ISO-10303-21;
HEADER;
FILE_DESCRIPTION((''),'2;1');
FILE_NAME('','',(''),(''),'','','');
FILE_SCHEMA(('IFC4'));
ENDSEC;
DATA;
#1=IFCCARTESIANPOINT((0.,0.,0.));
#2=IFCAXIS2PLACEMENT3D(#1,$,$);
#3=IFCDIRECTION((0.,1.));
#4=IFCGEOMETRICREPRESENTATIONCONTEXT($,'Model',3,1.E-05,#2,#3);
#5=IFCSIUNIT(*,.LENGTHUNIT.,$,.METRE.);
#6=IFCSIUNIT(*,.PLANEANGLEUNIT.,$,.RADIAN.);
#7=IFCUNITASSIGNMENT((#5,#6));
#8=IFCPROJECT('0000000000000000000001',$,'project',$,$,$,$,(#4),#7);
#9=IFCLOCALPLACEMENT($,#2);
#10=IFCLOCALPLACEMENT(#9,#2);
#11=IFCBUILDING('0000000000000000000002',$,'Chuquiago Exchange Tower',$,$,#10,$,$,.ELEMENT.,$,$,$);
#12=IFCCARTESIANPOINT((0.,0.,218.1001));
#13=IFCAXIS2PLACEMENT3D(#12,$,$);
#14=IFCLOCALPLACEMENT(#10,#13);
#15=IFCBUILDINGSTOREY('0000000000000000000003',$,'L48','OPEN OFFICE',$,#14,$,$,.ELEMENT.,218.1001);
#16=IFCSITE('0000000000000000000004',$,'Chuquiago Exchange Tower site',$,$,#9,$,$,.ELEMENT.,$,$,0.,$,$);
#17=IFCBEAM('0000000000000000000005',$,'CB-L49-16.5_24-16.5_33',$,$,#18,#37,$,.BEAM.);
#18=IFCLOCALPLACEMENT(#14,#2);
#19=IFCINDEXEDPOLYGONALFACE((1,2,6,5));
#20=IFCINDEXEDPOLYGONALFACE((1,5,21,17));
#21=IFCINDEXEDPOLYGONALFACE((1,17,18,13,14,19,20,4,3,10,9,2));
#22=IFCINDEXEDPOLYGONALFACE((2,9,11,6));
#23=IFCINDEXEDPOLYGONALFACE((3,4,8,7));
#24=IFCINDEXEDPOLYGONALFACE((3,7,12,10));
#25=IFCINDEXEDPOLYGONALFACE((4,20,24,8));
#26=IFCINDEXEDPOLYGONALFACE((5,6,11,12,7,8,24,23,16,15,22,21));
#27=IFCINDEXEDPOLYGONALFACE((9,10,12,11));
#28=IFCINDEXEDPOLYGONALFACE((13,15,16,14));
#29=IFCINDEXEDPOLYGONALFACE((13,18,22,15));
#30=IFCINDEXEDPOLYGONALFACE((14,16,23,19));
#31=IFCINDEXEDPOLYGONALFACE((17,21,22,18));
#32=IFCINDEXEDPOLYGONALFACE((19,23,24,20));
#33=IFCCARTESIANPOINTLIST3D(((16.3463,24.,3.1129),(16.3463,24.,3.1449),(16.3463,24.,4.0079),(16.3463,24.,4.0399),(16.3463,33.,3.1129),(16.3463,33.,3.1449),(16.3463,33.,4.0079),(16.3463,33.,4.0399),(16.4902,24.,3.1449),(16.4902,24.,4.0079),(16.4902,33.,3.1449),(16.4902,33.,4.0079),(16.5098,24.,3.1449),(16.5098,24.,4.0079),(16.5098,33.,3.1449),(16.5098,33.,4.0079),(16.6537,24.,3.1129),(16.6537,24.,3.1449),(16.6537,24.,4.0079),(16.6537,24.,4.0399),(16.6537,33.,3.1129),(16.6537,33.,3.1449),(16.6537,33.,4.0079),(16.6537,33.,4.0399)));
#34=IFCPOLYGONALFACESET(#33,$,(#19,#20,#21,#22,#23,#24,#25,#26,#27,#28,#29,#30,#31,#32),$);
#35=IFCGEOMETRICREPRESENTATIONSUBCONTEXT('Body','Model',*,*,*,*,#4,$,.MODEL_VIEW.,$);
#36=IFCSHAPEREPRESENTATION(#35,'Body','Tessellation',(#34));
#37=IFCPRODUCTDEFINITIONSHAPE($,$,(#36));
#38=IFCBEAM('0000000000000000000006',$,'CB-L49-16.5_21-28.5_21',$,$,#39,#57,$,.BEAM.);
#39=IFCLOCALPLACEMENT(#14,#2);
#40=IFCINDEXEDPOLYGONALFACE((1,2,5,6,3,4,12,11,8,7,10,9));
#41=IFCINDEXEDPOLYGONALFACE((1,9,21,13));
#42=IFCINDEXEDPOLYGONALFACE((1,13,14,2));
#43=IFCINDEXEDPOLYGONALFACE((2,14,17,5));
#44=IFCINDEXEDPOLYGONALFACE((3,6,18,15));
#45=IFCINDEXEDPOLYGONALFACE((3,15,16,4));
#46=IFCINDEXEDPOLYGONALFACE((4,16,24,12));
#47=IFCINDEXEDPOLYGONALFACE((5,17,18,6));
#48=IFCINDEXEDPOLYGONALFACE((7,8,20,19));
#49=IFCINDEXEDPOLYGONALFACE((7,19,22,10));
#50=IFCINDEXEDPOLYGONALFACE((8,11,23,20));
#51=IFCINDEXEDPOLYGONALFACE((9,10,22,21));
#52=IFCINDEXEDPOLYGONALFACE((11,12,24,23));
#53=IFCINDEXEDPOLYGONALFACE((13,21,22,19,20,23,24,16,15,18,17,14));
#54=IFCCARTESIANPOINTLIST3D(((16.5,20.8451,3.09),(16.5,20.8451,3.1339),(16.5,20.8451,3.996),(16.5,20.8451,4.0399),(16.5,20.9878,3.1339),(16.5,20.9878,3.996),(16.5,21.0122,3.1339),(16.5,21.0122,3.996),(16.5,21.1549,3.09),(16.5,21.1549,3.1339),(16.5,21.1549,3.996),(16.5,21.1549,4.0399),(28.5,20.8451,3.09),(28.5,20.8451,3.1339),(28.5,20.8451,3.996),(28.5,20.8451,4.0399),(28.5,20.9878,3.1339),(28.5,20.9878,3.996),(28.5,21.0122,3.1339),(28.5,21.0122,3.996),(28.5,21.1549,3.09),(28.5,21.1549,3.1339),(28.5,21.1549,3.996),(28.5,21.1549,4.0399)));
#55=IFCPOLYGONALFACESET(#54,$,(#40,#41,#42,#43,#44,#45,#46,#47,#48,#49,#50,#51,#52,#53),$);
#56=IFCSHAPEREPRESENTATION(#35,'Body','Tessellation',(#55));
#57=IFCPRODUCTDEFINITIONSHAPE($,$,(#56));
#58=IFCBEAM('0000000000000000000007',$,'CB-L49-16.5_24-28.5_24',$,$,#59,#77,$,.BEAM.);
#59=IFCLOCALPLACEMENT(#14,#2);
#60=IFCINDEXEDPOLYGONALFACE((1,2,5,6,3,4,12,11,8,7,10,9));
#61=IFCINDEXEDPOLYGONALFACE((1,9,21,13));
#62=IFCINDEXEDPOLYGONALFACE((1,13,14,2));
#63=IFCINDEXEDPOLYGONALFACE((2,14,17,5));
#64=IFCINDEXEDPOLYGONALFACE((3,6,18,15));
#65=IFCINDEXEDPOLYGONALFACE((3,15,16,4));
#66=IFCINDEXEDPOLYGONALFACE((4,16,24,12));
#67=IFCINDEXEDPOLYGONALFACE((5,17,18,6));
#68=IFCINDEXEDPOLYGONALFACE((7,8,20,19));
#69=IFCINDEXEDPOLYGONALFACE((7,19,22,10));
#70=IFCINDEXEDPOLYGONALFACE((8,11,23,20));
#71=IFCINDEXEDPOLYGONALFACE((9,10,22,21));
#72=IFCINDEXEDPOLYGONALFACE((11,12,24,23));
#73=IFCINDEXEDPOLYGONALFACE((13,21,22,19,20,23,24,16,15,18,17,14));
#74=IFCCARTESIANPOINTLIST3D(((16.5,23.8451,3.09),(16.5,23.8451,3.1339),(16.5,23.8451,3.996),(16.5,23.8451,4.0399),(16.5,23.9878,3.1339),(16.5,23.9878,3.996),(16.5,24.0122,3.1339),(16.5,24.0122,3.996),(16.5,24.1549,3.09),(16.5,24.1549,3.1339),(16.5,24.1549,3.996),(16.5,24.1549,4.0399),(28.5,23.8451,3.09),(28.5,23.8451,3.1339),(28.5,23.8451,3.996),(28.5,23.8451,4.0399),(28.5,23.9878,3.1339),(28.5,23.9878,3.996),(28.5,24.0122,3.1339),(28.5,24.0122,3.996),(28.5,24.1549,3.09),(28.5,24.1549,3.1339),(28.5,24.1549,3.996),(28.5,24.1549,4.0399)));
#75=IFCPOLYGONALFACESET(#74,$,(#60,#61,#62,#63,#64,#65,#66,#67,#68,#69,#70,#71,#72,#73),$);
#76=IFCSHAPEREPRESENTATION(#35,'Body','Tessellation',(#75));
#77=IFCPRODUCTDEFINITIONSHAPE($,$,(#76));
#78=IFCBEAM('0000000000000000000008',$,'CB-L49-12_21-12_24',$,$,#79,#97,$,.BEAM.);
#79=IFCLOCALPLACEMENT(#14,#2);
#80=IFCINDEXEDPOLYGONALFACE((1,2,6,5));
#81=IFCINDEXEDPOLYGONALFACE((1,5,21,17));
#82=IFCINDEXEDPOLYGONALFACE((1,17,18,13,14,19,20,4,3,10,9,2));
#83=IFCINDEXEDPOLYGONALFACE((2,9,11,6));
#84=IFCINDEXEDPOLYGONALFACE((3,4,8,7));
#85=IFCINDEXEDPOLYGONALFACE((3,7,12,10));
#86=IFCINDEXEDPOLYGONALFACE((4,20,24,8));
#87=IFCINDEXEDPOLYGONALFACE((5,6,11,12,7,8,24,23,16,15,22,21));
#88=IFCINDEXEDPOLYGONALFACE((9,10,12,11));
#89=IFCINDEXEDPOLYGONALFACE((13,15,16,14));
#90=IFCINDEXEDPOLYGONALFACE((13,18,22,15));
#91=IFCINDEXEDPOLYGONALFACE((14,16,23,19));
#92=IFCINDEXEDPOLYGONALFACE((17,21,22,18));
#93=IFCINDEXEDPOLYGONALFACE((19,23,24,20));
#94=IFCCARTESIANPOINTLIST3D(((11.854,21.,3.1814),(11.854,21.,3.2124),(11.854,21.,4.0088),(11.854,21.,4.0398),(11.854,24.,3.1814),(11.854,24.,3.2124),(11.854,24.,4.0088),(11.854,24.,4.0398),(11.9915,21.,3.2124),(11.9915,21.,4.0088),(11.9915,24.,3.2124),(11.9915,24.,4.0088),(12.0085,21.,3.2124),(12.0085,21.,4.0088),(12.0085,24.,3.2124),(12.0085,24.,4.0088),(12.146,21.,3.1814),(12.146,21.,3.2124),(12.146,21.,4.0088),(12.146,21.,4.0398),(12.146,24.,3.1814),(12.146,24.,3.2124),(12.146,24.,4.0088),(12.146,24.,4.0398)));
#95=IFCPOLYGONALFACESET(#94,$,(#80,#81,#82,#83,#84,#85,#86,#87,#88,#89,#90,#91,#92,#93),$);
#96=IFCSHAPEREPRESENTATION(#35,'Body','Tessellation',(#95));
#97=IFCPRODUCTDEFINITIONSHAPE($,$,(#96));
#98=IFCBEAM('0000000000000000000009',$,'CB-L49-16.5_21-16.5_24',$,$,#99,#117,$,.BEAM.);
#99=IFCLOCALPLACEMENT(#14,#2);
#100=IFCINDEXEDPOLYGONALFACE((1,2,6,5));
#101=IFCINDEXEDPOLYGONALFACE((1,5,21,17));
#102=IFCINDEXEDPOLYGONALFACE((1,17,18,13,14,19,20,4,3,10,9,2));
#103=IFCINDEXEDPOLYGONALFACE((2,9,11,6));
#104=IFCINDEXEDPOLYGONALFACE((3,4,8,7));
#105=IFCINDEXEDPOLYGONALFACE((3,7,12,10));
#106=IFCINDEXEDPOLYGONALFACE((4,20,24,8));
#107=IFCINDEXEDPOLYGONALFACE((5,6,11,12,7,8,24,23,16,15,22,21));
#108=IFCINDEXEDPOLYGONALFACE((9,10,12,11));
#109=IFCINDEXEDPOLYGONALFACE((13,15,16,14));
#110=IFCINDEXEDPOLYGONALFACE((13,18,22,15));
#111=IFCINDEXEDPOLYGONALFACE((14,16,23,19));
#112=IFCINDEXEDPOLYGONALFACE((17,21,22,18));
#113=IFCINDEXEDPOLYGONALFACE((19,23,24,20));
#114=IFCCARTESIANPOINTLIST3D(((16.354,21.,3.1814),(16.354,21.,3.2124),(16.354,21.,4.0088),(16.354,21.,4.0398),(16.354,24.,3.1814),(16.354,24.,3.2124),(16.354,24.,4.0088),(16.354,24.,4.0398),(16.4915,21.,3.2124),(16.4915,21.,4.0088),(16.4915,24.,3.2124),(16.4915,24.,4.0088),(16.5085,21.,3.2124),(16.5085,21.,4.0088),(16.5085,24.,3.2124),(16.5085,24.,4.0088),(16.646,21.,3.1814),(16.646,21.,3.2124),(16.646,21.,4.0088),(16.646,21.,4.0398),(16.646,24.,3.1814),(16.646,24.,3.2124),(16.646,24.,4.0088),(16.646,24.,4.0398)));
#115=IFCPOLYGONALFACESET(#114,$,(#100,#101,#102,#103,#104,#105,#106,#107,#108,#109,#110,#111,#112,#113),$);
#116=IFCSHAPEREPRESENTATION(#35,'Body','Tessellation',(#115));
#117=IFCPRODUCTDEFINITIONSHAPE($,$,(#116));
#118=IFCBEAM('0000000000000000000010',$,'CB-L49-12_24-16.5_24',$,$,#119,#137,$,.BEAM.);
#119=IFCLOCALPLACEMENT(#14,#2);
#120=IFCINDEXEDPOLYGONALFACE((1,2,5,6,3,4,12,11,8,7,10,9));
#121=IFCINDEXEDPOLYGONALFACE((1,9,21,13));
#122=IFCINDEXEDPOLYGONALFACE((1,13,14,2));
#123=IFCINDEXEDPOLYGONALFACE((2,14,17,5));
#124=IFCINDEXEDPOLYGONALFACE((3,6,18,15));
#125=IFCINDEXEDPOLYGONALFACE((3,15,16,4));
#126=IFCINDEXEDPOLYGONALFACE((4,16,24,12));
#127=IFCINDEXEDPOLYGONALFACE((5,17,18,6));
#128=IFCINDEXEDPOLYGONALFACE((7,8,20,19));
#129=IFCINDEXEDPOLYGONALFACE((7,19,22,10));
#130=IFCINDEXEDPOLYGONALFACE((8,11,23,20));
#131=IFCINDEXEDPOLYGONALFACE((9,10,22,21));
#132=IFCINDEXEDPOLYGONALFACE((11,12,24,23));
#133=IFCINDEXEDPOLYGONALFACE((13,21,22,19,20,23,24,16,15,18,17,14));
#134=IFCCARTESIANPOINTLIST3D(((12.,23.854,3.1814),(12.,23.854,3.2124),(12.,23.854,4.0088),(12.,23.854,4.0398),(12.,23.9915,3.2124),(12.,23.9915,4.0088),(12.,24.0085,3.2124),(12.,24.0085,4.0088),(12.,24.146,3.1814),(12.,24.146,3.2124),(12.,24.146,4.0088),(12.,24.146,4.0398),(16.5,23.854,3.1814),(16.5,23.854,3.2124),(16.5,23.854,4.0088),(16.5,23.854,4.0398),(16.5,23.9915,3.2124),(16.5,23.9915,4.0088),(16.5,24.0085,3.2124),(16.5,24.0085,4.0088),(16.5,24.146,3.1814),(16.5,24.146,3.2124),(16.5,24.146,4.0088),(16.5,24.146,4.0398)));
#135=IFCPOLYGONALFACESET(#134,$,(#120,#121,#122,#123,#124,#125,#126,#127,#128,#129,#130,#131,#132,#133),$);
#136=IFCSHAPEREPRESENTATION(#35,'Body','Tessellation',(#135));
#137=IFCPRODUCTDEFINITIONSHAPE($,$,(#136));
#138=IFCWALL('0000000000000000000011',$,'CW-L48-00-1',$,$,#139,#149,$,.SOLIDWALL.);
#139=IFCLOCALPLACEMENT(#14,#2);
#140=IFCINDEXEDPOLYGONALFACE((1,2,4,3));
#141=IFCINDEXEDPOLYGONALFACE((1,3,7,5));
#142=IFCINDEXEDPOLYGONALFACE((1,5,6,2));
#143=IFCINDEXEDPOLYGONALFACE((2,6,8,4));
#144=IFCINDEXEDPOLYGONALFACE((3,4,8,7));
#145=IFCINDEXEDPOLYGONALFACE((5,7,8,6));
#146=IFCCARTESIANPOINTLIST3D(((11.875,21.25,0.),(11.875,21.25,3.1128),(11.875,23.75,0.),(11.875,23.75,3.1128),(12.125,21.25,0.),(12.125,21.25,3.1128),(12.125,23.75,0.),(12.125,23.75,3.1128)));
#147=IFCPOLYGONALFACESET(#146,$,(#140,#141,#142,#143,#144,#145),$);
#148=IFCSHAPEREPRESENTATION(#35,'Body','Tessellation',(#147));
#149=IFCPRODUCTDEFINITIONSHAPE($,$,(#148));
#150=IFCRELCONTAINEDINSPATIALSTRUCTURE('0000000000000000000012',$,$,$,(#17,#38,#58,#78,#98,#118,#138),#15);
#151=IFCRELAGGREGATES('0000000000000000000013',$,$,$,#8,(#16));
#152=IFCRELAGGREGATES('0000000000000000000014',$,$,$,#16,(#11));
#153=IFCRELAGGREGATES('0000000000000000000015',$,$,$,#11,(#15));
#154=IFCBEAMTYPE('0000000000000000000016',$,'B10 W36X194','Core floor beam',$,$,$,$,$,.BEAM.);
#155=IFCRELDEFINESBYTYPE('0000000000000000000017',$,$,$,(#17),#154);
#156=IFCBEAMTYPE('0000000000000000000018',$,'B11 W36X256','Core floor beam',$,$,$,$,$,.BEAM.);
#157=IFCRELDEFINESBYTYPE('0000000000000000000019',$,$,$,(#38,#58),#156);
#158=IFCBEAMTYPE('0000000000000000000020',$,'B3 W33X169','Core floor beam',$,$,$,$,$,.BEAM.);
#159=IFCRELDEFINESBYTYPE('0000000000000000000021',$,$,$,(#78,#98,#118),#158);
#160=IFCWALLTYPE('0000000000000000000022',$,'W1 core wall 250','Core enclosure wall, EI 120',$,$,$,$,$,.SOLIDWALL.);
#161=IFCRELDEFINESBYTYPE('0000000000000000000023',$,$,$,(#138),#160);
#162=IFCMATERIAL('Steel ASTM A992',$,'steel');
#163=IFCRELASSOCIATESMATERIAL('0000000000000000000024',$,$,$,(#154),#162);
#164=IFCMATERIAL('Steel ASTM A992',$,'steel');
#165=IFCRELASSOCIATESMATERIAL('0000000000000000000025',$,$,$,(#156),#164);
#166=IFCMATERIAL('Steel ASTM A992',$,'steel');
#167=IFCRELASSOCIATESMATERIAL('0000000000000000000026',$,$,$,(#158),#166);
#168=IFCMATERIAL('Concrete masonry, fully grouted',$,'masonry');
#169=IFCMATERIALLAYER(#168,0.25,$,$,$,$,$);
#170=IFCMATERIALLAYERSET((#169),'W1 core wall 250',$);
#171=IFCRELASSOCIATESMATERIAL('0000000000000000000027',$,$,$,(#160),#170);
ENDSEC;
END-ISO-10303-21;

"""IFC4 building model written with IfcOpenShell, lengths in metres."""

from ifc_helpers import new_model, si_unit, direction, frame, frame_2d, origin, origin_2d, place, context, subcontext, project, spatial, rectangle, i_section, extrude, material, layer, layer_set, material_profile, profile_set, type_object, element, save


model = new_model("IFC4")

# Units and contexts
model_context = context("Model", 3, precision=1e-05, world=origin(), true_north=direction((0.0, 1.0)))
body_context = subcontext(model_context, "Body", "Model", "MODEL_VIEW")
ifc_project = project(units=[si_unit("LENGTHUNIT", "METRE"), si_unit("PLANEANGLEUNIT", "RADIAN")], contexts=[model_context])

# Site, building, storey
site_placement = place(None, origin())
site = spatial("IfcSite", under=ifc_project, at=site_placement, Name="Chuquiago Exchange Tower site", CompositionType="ELEMENT", RefElevation=0.0)
building_placement = place(site_placement, origin())
building = spatial("IfcBuilding", under=site, at=building_placement, Name="Chuquiago Exchange Tower", CompositionType="ELEMENT")
storey_placement = place(building_placement, frame((0.0, 0.0, 218.1001)))
storey = spatial("IfcBuildingStorey", under=building, at=storey_placement, Name="L48", Description="OPEN OFFICE", CompositionType="ELEMENT", Elevation=218.1001)

# Beams
ifc_material_1 = material(Name="Steel ASTM A992", Category="steel")
ifc_material_profile_1 = material_profile(ifc_material_1, i_section(OverallWidth=0.3074, OverallDepth=0.927, WebThickness=0.0195, FlangeThickness=0.032, at=origin_2d()), Name="W36X194")
ifc_profile_set_1 = profile_set([ifc_material_profile_1], Name="Steel ASTM A992")
beam_type_1 = type_object("IfcBeamType", Name="B10 W36X194", Description="Core floor beam", PredefinedType="BEAM", material=ifc_profile_set_1)
for number, where, z_axis, x_axis, name in (
    (1, (16.5, 24.0, 3.5764), (0.0, 1.0, 0.0), (-1.0, 0.0, 0.0), "CB-L49-16.5_24-16.5_33"),
):
    element("IfcBeam", number, at=place(storey_placement, frame(where, z_axis=z_axis, x_axis=x_axis)), inside=storey, type_object=beam_type_1, Name=name, PredefinedType="BEAM", context=body_context, shape_type="SweptSolid", body=[
        extrude(i_section(OverallWidth=0.3074, OverallDepth=0.927, WebThickness=0.0195, FlangeThickness=0.032, at=origin_2d()), origin(), (0.0, 0.0, 1.0), 9.0),
    ])
ifc_material_2 = material(Name="Steel ASTM A992", Category="steel")
ifc_material_profile_2 = material_profile(ifc_material_2, i_section(OverallWidth=0.3098, OverallDepth=0.95, WebThickness=0.0244, FlangeThickness=0.0439, at=origin_2d()), Name="W36X256")
ifc_profile_set_2 = profile_set([ifc_material_profile_2], Name="Steel ASTM A992")
beam_type_2 = type_object("IfcBeamType", Name="B11 W36X256", Description="Core floor beam", PredefinedType="BEAM", material=ifc_profile_set_2)
for number, where, z_axis, x_axis, name in (
    (2, (16.5, 21.0, 3.5649), (1.0, 0.0, 0.0), (0.0, 1.0, 0.0), "CB-L49-16.5_21-28.5_21"),
    (3, (16.5, 24.0, 3.5649), (1.0, 0.0, 0.0), (0.0, 1.0, 0.0), "CB-L49-16.5_24-28.5_24"),
):
    element("IfcBeam", number, at=place(storey_placement, frame(where, z_axis=z_axis, x_axis=x_axis)), inside=storey, type_object=beam_type_2, Name=name, PredefinedType="BEAM", context=body_context, shape_type="SweptSolid", body=[
        extrude(i_section(OverallWidth=0.3098, OverallDepth=0.95, WebThickness=0.0244, FlangeThickness=0.0439, at=origin_2d()), origin(), (0.0, 0.0, 1.0), 12.0),
    ])
ifc_material_3 = material(Name="Steel ASTM A992", Category="steel")
ifc_material_profile_3 = material_profile(ifc_material_3, i_section(OverallWidth=0.292, OverallDepth=0.8584, WebThickness=0.0171, FlangeThickness=0.031, at=origin_2d()), Name="W33X169")
ifc_profile_set_3 = profile_set([ifc_material_profile_3], Name="Steel ASTM A992")
beam_type_3 = type_object("IfcBeamType", Name="B3 W33X169", Description="Core floor beam", PredefinedType="BEAM", material=ifc_profile_set_3)
for number, where, z_axis, x_axis, name in (
    (4, (12.0, 21.0, 3.6106), (0.0, 1.0, 0.0), (-1.0, 0.0, 0.0), "CB-L49-12_21-12_24"),
    (5, (16.5, 21.0, 3.6106), (0.0, 1.0, 0.0), (-1.0, 0.0, 0.0), "CB-L49-16.5_21-16.5_24"),
):
    element("IfcBeam", number, at=place(storey_placement, frame(where, z_axis=z_axis, x_axis=x_axis)), inside=storey, type_object=beam_type_3, Name=name, PredefinedType="BEAM", context=body_context, shape_type="SweptSolid", body=[
        extrude(i_section(OverallWidth=0.292, OverallDepth=0.8584, WebThickness=0.0171, FlangeThickness=0.031, at=origin_2d()), origin(), (0.0, 0.0, 1.0), 3.0),
    ])
beam_placement = place(storey_placement, frame((12.0, 24.0, 3.6106), z_axis=(1.0, 0.0, 0.0), x_axis=(0.0, 1.0, 0.0)))
element("IfcBeam", 6, at=beam_placement, inside=storey, type_object=beam_type_3, Name="CB-L49-12_24-16.5_24", PredefinedType="BEAM", context=body_context, shape_type="SweptSolid", body=[
    extrude(i_section(OverallWidth=0.292, OverallDepth=0.8584, WebThickness=0.0171, FlangeThickness=0.031, at=origin_2d()), origin(), (0.0, 0.0, 1.0), 4.5),
])

# Wall
ifc_material_4 = material(Name="Concrete masonry, fully grouted", Category="masonry")
ifc_layer_1 = layer(ifc_material_4, 0.25)
ifc_layer_set_1 = layer_set([ifc_layer_1], Name="W1 core wall 250")
wall_type_1 = type_object("IfcWallType", Name="W1 core wall 250", Description="Core enclosure wall, EI 120", PredefinedType="SOLIDWALL", material=ifc_layer_set_1)
wall_1_placement = place(storey_placement, frame((12.0, 21.25, 0.0), z_axis=(0.0, 0.0, 1.0), x_axis=(0.0, 1.0, 0.0)))
element("IfcWall", 7, at=wall_1_placement, inside=storey, type_object=wall_type_1, Name="CW-L48-00-1", PredefinedType="SOLIDWALL", context=body_context, shape_type="SweptSolid", body=[
    extrude(rectangle(XDim=2.5, YDim=0.25, at=frame_2d((1.25, 0.0))), origin(), (0.0, 0.0, 1.0), 3.1128),
])

save(model, "model.ifc")
